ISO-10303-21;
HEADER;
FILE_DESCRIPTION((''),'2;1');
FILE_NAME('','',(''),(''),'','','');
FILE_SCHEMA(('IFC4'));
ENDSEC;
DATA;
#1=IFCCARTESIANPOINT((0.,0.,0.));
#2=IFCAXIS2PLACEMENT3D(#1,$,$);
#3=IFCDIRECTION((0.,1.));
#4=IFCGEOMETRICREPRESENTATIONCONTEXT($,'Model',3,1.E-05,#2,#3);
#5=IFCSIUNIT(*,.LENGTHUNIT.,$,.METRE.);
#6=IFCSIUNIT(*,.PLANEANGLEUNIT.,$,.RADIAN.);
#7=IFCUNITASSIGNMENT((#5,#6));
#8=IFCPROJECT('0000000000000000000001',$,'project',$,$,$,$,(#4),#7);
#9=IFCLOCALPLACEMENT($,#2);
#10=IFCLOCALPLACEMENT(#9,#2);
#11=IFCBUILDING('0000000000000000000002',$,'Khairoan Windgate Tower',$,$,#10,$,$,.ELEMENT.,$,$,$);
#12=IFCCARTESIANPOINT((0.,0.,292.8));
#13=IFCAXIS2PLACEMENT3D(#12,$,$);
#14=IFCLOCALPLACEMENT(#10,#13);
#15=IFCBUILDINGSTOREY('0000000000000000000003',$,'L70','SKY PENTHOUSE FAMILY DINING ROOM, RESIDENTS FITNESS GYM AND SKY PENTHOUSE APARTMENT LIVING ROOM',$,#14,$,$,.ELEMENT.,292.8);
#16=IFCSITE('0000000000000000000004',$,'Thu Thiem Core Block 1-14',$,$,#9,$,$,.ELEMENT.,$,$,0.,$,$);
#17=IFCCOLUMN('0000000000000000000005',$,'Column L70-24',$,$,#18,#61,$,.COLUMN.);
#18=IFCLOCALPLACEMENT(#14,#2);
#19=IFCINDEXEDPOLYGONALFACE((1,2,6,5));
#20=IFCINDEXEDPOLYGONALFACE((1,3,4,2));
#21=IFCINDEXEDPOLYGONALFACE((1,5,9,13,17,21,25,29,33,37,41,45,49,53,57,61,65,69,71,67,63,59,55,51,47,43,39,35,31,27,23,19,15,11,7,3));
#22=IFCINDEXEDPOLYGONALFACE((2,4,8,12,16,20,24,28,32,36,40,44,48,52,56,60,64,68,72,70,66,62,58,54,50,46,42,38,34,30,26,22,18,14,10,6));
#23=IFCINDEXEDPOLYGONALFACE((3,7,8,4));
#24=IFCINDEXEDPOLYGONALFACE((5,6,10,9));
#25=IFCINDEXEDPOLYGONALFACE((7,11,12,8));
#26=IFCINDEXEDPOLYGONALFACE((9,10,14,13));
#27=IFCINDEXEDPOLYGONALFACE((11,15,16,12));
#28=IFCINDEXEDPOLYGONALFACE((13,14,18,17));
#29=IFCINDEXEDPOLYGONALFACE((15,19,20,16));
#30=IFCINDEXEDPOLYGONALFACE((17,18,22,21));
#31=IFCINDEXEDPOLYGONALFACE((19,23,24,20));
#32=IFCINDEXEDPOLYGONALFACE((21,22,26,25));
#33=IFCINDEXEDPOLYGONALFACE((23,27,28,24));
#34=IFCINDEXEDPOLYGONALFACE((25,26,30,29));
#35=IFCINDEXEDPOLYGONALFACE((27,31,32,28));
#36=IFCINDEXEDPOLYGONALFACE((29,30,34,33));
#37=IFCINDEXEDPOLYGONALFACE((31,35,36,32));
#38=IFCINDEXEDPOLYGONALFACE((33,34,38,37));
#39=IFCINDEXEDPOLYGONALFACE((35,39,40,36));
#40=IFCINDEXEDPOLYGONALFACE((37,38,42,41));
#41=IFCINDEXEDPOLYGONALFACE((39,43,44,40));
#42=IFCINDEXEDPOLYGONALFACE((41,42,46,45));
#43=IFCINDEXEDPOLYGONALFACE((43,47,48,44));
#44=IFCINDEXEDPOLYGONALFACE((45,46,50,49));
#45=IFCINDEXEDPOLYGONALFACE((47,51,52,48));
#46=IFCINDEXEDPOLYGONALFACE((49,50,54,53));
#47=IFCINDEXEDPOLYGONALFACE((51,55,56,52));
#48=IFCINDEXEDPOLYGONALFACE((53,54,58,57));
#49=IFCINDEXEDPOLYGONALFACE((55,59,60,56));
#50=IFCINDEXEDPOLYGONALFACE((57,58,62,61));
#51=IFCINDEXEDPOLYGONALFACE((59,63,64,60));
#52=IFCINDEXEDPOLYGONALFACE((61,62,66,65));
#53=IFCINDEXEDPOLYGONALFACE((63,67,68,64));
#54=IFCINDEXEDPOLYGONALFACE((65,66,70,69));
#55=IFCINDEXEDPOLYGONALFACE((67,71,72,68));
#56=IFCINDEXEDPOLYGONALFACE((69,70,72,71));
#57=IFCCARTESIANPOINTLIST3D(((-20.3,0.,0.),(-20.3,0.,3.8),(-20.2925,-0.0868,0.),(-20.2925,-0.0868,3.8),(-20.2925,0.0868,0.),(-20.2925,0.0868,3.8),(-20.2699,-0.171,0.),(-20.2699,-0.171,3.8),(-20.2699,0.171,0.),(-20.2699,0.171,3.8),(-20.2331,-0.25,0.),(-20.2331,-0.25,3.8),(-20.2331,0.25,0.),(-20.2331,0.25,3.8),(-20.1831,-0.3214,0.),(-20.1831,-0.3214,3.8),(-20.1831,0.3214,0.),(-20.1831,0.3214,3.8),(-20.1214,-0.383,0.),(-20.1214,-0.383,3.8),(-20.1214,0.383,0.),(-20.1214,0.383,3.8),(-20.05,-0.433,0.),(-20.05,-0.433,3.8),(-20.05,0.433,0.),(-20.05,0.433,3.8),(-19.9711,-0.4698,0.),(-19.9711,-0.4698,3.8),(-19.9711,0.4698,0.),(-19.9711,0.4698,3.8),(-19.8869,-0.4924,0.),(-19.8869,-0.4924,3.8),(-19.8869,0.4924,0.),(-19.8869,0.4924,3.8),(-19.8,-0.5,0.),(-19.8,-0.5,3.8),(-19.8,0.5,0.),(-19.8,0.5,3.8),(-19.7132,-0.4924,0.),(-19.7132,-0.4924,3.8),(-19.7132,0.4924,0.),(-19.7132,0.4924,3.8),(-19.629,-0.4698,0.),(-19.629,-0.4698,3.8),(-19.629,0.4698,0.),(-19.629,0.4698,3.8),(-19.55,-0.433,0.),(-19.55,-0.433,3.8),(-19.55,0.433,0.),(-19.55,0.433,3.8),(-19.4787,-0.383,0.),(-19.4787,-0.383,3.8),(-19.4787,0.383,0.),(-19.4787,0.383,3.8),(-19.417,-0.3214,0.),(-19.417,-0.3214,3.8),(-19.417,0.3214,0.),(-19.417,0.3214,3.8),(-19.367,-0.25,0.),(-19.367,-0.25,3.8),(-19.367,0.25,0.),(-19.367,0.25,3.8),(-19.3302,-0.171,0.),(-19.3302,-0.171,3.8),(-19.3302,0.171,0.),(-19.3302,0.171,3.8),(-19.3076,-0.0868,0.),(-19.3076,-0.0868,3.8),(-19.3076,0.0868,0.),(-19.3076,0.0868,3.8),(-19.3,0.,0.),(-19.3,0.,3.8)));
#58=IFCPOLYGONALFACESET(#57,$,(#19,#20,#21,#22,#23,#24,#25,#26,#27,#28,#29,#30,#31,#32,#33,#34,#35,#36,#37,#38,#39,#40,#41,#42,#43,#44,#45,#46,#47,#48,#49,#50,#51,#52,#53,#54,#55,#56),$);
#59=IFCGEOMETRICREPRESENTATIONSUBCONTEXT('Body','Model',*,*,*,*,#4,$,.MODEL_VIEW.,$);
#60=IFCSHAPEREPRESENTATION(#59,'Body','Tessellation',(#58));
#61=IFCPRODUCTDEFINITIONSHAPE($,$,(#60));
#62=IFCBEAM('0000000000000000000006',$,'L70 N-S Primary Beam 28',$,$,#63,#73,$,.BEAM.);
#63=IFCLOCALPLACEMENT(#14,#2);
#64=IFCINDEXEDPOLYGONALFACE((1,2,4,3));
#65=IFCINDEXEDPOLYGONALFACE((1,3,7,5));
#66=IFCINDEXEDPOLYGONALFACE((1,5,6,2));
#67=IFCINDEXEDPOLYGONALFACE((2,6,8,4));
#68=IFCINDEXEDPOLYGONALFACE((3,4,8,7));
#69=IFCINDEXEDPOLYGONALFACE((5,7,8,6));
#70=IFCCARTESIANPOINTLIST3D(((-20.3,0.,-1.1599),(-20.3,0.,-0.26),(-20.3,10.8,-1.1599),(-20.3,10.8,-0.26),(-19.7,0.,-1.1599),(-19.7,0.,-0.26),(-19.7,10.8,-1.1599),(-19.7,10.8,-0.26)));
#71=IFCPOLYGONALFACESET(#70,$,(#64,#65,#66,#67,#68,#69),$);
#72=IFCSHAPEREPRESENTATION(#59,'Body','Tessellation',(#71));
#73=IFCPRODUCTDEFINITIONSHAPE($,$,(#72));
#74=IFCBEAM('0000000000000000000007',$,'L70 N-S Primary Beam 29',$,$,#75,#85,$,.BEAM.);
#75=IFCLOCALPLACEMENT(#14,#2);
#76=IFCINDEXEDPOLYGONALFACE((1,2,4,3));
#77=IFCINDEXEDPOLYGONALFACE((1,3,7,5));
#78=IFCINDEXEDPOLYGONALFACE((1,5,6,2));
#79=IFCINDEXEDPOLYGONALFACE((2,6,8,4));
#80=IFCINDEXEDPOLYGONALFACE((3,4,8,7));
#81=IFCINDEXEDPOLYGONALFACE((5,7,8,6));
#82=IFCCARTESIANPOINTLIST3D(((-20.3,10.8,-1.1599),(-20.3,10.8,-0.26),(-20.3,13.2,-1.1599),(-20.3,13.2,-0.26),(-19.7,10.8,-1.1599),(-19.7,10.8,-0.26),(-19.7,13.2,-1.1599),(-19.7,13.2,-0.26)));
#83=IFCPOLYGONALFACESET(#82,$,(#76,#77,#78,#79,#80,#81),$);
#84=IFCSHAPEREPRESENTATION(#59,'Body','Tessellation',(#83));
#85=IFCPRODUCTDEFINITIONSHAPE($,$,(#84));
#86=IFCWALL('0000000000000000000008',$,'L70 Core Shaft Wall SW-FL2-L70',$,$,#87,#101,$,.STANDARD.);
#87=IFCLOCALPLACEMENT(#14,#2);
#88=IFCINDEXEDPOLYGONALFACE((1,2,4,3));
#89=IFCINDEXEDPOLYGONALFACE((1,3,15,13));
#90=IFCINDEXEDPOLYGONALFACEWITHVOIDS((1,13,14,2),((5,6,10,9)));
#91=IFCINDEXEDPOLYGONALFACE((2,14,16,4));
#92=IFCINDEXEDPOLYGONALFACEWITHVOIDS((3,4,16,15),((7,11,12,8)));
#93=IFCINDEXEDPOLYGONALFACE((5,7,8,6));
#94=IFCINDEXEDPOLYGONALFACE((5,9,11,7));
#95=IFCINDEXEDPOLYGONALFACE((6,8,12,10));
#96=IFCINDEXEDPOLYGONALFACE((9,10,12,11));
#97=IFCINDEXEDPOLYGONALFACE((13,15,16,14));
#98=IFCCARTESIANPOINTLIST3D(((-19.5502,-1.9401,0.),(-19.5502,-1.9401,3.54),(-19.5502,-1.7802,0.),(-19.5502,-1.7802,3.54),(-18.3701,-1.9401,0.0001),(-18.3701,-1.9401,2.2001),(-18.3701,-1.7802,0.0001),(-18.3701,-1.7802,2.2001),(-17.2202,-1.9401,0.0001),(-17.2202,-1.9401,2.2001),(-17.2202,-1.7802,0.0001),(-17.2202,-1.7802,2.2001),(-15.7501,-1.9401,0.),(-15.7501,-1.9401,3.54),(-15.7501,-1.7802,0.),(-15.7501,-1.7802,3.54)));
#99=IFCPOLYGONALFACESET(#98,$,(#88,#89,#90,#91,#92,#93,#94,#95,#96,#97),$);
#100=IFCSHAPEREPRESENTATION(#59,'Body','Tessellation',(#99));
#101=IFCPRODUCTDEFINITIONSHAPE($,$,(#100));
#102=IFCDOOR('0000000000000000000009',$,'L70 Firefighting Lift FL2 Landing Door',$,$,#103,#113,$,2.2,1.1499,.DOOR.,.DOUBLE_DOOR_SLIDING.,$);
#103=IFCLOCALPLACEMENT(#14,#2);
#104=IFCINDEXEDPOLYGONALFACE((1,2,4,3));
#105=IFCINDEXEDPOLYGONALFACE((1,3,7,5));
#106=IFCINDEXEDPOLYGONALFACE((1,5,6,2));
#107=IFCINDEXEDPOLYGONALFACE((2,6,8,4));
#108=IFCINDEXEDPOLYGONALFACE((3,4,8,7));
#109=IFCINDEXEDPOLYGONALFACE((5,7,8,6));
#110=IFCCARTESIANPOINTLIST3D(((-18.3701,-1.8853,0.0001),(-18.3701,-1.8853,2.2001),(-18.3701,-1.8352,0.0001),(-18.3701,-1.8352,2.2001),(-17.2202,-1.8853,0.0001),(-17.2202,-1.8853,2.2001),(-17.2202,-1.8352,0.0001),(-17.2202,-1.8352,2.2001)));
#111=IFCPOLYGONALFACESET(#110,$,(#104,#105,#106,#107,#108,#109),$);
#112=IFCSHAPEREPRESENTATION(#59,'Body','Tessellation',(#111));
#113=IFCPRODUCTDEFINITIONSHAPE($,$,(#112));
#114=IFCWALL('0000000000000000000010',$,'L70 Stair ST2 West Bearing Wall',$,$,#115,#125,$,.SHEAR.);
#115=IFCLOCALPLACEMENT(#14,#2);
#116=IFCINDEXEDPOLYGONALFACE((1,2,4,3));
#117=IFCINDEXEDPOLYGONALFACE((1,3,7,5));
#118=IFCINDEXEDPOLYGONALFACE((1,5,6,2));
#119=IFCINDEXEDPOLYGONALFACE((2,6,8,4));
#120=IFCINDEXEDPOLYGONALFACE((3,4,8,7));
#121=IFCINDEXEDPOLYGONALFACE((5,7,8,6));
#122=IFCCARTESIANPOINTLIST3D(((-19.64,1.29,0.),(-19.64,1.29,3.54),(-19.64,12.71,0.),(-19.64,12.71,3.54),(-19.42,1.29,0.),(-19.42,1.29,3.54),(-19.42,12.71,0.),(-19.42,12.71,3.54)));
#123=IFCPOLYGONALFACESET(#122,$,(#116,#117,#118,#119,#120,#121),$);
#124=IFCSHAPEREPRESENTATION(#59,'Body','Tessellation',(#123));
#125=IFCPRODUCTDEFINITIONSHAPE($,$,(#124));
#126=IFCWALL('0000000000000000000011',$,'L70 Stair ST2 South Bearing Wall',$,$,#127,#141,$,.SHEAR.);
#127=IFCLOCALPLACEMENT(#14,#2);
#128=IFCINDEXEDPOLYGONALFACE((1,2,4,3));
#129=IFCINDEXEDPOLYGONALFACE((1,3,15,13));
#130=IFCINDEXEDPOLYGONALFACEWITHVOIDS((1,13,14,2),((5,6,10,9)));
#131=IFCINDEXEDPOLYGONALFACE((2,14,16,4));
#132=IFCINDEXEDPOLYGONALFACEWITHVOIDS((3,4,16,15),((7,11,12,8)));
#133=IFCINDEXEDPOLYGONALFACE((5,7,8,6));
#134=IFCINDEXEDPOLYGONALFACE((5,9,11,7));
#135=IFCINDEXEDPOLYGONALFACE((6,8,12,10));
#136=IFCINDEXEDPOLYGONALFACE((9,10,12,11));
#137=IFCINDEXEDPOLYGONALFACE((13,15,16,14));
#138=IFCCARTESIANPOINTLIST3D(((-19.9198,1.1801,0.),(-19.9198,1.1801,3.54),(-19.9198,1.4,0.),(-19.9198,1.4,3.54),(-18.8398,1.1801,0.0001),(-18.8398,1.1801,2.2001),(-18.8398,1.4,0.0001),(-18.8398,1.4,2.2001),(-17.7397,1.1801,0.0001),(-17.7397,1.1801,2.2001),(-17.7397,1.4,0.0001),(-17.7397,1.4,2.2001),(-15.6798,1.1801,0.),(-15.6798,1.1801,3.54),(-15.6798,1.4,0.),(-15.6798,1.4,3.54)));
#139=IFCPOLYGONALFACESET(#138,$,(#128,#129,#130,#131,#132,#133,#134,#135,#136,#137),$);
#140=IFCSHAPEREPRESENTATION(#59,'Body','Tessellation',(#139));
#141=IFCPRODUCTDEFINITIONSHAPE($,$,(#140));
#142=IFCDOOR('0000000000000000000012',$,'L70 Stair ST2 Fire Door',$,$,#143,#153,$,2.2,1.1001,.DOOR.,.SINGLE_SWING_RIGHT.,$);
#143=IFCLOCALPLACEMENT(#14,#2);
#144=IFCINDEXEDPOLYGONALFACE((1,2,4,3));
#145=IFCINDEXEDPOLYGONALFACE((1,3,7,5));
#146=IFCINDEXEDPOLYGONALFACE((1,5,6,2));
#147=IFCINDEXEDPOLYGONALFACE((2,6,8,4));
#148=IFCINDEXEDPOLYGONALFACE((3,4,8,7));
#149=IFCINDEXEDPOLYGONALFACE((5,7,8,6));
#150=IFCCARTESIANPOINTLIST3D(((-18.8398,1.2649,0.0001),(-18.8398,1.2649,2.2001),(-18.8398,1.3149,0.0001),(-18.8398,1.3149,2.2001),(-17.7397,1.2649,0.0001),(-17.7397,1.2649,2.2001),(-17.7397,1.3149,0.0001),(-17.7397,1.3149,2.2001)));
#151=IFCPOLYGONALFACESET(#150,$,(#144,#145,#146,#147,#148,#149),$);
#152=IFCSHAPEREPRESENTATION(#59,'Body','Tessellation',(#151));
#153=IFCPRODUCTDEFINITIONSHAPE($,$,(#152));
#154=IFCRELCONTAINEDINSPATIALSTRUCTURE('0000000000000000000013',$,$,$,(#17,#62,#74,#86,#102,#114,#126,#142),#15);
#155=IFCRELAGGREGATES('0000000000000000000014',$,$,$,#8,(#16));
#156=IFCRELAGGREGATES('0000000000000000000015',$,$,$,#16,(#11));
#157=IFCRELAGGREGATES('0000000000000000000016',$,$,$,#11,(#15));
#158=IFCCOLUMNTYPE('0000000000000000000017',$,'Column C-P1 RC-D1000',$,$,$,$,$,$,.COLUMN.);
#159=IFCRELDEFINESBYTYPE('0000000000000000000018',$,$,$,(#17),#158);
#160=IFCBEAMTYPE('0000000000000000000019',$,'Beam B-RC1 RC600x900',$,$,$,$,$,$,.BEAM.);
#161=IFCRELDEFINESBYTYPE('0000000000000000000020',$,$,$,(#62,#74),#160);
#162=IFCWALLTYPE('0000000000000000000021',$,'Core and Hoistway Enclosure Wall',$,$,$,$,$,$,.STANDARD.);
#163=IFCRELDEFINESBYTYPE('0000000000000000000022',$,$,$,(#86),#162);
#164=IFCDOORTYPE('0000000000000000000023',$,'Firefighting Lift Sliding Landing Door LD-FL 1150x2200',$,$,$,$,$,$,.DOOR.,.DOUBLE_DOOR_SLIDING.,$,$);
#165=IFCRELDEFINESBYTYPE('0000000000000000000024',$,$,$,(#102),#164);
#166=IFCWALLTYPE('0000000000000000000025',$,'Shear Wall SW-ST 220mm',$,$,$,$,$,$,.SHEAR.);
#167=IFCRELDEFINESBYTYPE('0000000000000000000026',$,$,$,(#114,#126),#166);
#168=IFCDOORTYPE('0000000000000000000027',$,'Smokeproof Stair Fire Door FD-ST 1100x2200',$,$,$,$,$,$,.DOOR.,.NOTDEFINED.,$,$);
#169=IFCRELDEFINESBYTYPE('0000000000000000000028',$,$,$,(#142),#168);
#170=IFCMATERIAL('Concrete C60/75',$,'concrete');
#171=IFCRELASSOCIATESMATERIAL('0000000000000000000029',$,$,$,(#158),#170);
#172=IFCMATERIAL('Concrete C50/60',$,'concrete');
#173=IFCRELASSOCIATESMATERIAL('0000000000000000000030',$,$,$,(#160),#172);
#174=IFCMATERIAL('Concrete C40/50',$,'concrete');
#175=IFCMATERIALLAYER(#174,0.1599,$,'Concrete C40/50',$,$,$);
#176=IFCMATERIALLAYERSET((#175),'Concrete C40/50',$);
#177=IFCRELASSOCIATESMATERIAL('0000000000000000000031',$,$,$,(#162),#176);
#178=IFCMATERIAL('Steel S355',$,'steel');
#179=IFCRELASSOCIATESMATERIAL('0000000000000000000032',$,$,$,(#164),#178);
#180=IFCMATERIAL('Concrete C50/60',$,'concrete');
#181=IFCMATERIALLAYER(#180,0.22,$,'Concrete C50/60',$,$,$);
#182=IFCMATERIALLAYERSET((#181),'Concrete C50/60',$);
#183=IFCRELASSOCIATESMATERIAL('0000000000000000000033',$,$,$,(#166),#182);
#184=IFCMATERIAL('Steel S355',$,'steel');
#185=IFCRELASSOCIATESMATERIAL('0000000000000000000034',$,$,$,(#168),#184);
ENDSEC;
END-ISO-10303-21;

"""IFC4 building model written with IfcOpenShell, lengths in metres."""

from ifc_helpers import new_model, si_unit, direction, frame, frame_2d, origin, origin_2d, place, context, subcontext, project, spatial, rectangle, circle, extrude, material, layer, layer_set, material_profile, profile_set, type_object, element, fill, save


model = new_model("IFC4")

# Units and contexts
model_context = context("Model", 3, precision=1e-05, world=origin(), true_north=direction((0.0, 1.0)))
body_context = subcontext(model_context, "Body", "Model", "MODEL_VIEW")
ifc_project = project(units=[si_unit("LENGTHUNIT", "METRE"), si_unit("PLANEANGLEUNIT", "RADIAN")], contexts=[model_context])

# Site, building, storey
site_placement = place(None, origin())
site = spatial("IfcSite", under=ifc_project, at=site_placement, Name="Thu Thiem Core Block 1-14", CompositionType="ELEMENT", RefElevation=0.0)
building_placement = place(site_placement, origin())
building = spatial("IfcBuilding", under=site, at=building_placement, Name="Khairoan Windgate Tower", CompositionType="ELEMENT")
storey_placement = place(building_placement, frame((0.0, 0.0, 292.8)))
storey = spatial("IfcBuildingStorey", under=building, at=storey_placement, Name="L70", Description="SKY PENTHOUSE FAMILY DINING ROOM, RESIDENTS FITNESS GYM AND SKY PENTHOUSE APARTMENT LIVING ROOM", CompositionType="ELEMENT", Elevation=292.8)

# Column
ifc_material_1 = material(Name="Concrete C60/75", Category="concrete")
ifc_material_profile_1 = material_profile(ifc_material_1, circle(Radius=0.5, at=origin_2d()))
ifc_profile_set_1 = profile_set([ifc_material_profile_1], Name="Concrete C60/75")
column_type = type_object("IfcColumnType", Name="Column C-P1 RC-D1000", PredefinedType="COLUMN", material=ifc_profile_set_1)
column_placement = place(storey_placement, frame((-19.8, 0.0, 0.0), z_axis=(0.0, 0.0, 1.0), x_axis=(1.0, 0.0, 0.0)))
element("IfcColumn", 1, at=column_placement, inside=storey, type_object=column_type, Name="Column L70-24", PredefinedType="COLUMN", context=body_context, shape_type="SweptSolid", body=[
    extrude(circle(Radius=0.5, at=origin_2d()), origin(), (0.0, 0.0, 1.0), 3.8),
])

# Beams
ifc_material_2 = material(Name="Concrete C50/60", Category="concrete")
ifc_material_profile_2 = material_profile(ifc_material_2, rectangle(XDim=0.6001, YDim=0.8999, at=origin_2d()))
ifc_profile_set_2 = profile_set([ifc_material_profile_2], Name="Concrete C50/60")
beam_type = type_object("IfcBeamType", Name="Beam B-RC1 RC600x900", PredefinedType="BEAM", material=ifc_profile_set_2)
beam_1_placement = place(storey_placement, frame((-20.0, 0.0, -0.71), z_axis=(0.0, 1.0, 0.0), x_axis=(-1.0, 0.0, 0.0)))
element("IfcBeam", 2, at=beam_1_placement, inside=storey, type_object=beam_type, Name="L70 N-S Primary Beam 28", PredefinedType="BEAM", context=body_context, shape_type="SweptSolid", body=[
    extrude(rectangle(XDim=0.6001, YDim=0.8999, at=origin_2d()), origin(), (0.0, 0.0, 1.0), 10.8),
])
beam_2_placement = place(storey_placement, frame((-20.0, 10.8, -0.71), z_axis=(0.0, 1.0, 0.0), x_axis=(-1.0, 0.0, 0.0)))
element("IfcBeam", 3, at=beam_2_placement, inside=storey, type_object=beam_type, Name="L70 N-S Primary Beam 29", PredefinedType="BEAM", context=body_context, shape_type="SweptSolid", body=[
    extrude(rectangle(XDim=0.6001, YDim=0.8999, at=origin_2d()), origin(), (0.0, 0.0, 1.0), 2.3999),
])

# Wall, opening, door
ifc_material_3 = material(Name="Concrete C40/50", Category="concrete")
ifc_layer_1 = layer(ifc_material_3, 0.1599, Name="Concrete C40/50")
ifc_layer_set_1 = layer_set([ifc_layer_1], Name="Concrete C40/50")
wall_type_1 = type_object("IfcWallType", Name="Core and Hoistway Enclosure Wall", PredefinedType="STANDARD", material=ifc_layer_set_1)
wall_1_placement = place(storey_placement, frame((-19.55, -1.8601, 0.0), z_axis=(0.0, 0.0, 1.0), x_axis=(1.0, 0.0, 0.0)))
wall_1 = element("IfcWall", 4, at=wall_1_placement, inside=storey, type_object=wall_type_1, Name="L70 Core Shaft Wall SW-FL2-L70", PredefinedType="STANDARD", context=body_context, shape_type="SweptSolid", body=[
    extrude(rectangle(XDim=3.8, YDim=0.1599, at=frame_2d((1.8999, 0.0))), origin(), (0.0, 0.0, 1.0), 3.54),
])
opening_1_placement = place(wall_1_placement, frame((1.1799, 0.0, 0.0)))
opening_1 = element("IfcOpeningElement", 5, at=opening_1_placement, cuts=wall_1, PredefinedType="OPENING", context=body_context, shape_type="SweptSolid", body=[
    extrude(rectangle(XDim=1.1499, YDim=2.2, at=frame_2d((0.575, 1.1001))), frame((0.0, 0.0898, 0.0), z_axis=(0.0, -1.0, 0.0), x_axis=(1.0, 0.0, 0.0)), (0.0, 0.0, 1.0), 0.1799),
])
ifc_material_4 = material(Name="Steel S355", Category="steel")
door_type_1 = type_object("IfcDoorType", Name="Firefighting Lift Sliding Landing Door LD-FL 1150x2200", OperationType="DOUBLE_DOOR_SLIDING", PredefinedType="DOOR", material=ifc_material_4)
door_1_placement = place(opening_1_placement, origin())
door_1 = element("IfcDoor", 6, at=door_1_placement, inside=storey, type_object=door_type_1, Name="L70 Firefighting Lift FL2 Landing Door", OperationType="DOUBLE_DOOR_SLIDING", OverallHeight=2.2, OverallWidth=1.1499, PredefinedType="DOOR", context=body_context, shape_type="SweptSolid", body=[
    extrude(rectangle(XDim=1.1499, YDim=2.2, at=frame_2d((0.575, 1.1001))), frame((0.0, 0.0249, 0.0), z_axis=(0.0, -1.0, 0.0), x_axis=(1.0, 0.0, 0.0)), (0.0, 0.0, 1.0), 0.05),
])
fill(opening_1, door_1)

# Wall
ifc_material_5 = material(Name="Concrete C50/60", Category="concrete")
ifc_layer_2 = layer(ifc_material_5, 0.22, Name="Concrete C50/60")
ifc_layer_set_2 = layer_set([ifc_layer_2], Name="Concrete C50/60")
wall_type_2 = type_object("IfcWallType", Name="Shear Wall SW-ST 220mm", PredefinedType="SHEAR", material=ifc_layer_set_2)
wall_2_placement = place(storey_placement, frame((-19.53, 1.29, 0.0), z_axis=(0.0, 0.0, 1.0), x_axis=(0.0, 1.0, 0.0)))
element("IfcWall", 7, at=wall_2_placement, inside=storey, type_object=wall_type_2, Name="L70 Stair ST2 West Bearing Wall", PredefinedType="SHEAR", context=body_context, shape_type="SweptSolid", body=[
    extrude(rectangle(XDim=11.4199, YDim=0.22, at=frame_2d((5.71, 0.0))), origin(), (0.0, 0.0, 1.0), 3.54),
])

# Wall, opening, door
wall_3_placement = place(storey_placement, frame((-19.9199, 1.29, 0.0), z_axis=(0.0, 0.0, 1.0), x_axis=(1.0, 0.0, 0.0)))
wall_3 = element("IfcWall", 8, at=wall_3_placement, inside=storey, type_object=wall_type_2, Name="L70 Stair ST2 South Bearing Wall", PredefinedType="SHEAR", context=body_context, shape_type="SweptSolid", body=[
    extrude(rectangle(XDim=4.24, YDim=0.22, at=frame_2d((2.1201, 0.0))), origin(), (0.0, 0.0, 1.0), 3.54),
])
opening_2_placement = place(wall_3_placement, frame((1.0801, 0.0, 0.0)))
opening_2 = element("IfcOpeningElement", 9, at=opening_2_placement, cuts=wall_3, PredefinedType="OPENING", context=body_context, shape_type="SweptSolid", body=[
    extrude(rectangle(XDim=1.1001, YDim=2.2, at=frame_2d((0.55, 1.1001))), frame((0.0, 0.1199, 0.0), z_axis=(0.0, -1.0, 0.0), x_axis=(1.0, 0.0, 0.0)), (0.0, 0.0, 1.0), 0.24),
])
ifc_material_6 = material(Name="Steel S355", Category="steel")
door_type_2 = type_object("IfcDoorType", Name="Smokeproof Stair Fire Door FD-ST 1100x2200", OperationType="NOTDEFINED", PredefinedType="DOOR", material=ifc_material_6)
door_2_placement = place(opening_2_placement, origin())
door_2 = element("IfcDoor", 10, at=door_2_placement, inside=storey, type_object=door_type_2, Name="L70 Stair ST2 Fire Door", OperationType="SINGLE_SWING_RIGHT", OverallHeight=2.2, OverallWidth=1.1001, PredefinedType="DOOR", context=body_context, shape_type="SweptSolid", body=[
    extrude(rectangle(XDim=1.1001, YDim=2.2, at=frame_2d((0.55, 1.1001))), frame((0.0, 0.0249, 0.0), z_axis=(0.0, -1.0, 0.0), x_axis=(1.0, 0.0, 0.0)), (0.0, 0.0, 1.0), 0.05),
])
fill(opening_2, door_2)

save(model, "model.ifc")
